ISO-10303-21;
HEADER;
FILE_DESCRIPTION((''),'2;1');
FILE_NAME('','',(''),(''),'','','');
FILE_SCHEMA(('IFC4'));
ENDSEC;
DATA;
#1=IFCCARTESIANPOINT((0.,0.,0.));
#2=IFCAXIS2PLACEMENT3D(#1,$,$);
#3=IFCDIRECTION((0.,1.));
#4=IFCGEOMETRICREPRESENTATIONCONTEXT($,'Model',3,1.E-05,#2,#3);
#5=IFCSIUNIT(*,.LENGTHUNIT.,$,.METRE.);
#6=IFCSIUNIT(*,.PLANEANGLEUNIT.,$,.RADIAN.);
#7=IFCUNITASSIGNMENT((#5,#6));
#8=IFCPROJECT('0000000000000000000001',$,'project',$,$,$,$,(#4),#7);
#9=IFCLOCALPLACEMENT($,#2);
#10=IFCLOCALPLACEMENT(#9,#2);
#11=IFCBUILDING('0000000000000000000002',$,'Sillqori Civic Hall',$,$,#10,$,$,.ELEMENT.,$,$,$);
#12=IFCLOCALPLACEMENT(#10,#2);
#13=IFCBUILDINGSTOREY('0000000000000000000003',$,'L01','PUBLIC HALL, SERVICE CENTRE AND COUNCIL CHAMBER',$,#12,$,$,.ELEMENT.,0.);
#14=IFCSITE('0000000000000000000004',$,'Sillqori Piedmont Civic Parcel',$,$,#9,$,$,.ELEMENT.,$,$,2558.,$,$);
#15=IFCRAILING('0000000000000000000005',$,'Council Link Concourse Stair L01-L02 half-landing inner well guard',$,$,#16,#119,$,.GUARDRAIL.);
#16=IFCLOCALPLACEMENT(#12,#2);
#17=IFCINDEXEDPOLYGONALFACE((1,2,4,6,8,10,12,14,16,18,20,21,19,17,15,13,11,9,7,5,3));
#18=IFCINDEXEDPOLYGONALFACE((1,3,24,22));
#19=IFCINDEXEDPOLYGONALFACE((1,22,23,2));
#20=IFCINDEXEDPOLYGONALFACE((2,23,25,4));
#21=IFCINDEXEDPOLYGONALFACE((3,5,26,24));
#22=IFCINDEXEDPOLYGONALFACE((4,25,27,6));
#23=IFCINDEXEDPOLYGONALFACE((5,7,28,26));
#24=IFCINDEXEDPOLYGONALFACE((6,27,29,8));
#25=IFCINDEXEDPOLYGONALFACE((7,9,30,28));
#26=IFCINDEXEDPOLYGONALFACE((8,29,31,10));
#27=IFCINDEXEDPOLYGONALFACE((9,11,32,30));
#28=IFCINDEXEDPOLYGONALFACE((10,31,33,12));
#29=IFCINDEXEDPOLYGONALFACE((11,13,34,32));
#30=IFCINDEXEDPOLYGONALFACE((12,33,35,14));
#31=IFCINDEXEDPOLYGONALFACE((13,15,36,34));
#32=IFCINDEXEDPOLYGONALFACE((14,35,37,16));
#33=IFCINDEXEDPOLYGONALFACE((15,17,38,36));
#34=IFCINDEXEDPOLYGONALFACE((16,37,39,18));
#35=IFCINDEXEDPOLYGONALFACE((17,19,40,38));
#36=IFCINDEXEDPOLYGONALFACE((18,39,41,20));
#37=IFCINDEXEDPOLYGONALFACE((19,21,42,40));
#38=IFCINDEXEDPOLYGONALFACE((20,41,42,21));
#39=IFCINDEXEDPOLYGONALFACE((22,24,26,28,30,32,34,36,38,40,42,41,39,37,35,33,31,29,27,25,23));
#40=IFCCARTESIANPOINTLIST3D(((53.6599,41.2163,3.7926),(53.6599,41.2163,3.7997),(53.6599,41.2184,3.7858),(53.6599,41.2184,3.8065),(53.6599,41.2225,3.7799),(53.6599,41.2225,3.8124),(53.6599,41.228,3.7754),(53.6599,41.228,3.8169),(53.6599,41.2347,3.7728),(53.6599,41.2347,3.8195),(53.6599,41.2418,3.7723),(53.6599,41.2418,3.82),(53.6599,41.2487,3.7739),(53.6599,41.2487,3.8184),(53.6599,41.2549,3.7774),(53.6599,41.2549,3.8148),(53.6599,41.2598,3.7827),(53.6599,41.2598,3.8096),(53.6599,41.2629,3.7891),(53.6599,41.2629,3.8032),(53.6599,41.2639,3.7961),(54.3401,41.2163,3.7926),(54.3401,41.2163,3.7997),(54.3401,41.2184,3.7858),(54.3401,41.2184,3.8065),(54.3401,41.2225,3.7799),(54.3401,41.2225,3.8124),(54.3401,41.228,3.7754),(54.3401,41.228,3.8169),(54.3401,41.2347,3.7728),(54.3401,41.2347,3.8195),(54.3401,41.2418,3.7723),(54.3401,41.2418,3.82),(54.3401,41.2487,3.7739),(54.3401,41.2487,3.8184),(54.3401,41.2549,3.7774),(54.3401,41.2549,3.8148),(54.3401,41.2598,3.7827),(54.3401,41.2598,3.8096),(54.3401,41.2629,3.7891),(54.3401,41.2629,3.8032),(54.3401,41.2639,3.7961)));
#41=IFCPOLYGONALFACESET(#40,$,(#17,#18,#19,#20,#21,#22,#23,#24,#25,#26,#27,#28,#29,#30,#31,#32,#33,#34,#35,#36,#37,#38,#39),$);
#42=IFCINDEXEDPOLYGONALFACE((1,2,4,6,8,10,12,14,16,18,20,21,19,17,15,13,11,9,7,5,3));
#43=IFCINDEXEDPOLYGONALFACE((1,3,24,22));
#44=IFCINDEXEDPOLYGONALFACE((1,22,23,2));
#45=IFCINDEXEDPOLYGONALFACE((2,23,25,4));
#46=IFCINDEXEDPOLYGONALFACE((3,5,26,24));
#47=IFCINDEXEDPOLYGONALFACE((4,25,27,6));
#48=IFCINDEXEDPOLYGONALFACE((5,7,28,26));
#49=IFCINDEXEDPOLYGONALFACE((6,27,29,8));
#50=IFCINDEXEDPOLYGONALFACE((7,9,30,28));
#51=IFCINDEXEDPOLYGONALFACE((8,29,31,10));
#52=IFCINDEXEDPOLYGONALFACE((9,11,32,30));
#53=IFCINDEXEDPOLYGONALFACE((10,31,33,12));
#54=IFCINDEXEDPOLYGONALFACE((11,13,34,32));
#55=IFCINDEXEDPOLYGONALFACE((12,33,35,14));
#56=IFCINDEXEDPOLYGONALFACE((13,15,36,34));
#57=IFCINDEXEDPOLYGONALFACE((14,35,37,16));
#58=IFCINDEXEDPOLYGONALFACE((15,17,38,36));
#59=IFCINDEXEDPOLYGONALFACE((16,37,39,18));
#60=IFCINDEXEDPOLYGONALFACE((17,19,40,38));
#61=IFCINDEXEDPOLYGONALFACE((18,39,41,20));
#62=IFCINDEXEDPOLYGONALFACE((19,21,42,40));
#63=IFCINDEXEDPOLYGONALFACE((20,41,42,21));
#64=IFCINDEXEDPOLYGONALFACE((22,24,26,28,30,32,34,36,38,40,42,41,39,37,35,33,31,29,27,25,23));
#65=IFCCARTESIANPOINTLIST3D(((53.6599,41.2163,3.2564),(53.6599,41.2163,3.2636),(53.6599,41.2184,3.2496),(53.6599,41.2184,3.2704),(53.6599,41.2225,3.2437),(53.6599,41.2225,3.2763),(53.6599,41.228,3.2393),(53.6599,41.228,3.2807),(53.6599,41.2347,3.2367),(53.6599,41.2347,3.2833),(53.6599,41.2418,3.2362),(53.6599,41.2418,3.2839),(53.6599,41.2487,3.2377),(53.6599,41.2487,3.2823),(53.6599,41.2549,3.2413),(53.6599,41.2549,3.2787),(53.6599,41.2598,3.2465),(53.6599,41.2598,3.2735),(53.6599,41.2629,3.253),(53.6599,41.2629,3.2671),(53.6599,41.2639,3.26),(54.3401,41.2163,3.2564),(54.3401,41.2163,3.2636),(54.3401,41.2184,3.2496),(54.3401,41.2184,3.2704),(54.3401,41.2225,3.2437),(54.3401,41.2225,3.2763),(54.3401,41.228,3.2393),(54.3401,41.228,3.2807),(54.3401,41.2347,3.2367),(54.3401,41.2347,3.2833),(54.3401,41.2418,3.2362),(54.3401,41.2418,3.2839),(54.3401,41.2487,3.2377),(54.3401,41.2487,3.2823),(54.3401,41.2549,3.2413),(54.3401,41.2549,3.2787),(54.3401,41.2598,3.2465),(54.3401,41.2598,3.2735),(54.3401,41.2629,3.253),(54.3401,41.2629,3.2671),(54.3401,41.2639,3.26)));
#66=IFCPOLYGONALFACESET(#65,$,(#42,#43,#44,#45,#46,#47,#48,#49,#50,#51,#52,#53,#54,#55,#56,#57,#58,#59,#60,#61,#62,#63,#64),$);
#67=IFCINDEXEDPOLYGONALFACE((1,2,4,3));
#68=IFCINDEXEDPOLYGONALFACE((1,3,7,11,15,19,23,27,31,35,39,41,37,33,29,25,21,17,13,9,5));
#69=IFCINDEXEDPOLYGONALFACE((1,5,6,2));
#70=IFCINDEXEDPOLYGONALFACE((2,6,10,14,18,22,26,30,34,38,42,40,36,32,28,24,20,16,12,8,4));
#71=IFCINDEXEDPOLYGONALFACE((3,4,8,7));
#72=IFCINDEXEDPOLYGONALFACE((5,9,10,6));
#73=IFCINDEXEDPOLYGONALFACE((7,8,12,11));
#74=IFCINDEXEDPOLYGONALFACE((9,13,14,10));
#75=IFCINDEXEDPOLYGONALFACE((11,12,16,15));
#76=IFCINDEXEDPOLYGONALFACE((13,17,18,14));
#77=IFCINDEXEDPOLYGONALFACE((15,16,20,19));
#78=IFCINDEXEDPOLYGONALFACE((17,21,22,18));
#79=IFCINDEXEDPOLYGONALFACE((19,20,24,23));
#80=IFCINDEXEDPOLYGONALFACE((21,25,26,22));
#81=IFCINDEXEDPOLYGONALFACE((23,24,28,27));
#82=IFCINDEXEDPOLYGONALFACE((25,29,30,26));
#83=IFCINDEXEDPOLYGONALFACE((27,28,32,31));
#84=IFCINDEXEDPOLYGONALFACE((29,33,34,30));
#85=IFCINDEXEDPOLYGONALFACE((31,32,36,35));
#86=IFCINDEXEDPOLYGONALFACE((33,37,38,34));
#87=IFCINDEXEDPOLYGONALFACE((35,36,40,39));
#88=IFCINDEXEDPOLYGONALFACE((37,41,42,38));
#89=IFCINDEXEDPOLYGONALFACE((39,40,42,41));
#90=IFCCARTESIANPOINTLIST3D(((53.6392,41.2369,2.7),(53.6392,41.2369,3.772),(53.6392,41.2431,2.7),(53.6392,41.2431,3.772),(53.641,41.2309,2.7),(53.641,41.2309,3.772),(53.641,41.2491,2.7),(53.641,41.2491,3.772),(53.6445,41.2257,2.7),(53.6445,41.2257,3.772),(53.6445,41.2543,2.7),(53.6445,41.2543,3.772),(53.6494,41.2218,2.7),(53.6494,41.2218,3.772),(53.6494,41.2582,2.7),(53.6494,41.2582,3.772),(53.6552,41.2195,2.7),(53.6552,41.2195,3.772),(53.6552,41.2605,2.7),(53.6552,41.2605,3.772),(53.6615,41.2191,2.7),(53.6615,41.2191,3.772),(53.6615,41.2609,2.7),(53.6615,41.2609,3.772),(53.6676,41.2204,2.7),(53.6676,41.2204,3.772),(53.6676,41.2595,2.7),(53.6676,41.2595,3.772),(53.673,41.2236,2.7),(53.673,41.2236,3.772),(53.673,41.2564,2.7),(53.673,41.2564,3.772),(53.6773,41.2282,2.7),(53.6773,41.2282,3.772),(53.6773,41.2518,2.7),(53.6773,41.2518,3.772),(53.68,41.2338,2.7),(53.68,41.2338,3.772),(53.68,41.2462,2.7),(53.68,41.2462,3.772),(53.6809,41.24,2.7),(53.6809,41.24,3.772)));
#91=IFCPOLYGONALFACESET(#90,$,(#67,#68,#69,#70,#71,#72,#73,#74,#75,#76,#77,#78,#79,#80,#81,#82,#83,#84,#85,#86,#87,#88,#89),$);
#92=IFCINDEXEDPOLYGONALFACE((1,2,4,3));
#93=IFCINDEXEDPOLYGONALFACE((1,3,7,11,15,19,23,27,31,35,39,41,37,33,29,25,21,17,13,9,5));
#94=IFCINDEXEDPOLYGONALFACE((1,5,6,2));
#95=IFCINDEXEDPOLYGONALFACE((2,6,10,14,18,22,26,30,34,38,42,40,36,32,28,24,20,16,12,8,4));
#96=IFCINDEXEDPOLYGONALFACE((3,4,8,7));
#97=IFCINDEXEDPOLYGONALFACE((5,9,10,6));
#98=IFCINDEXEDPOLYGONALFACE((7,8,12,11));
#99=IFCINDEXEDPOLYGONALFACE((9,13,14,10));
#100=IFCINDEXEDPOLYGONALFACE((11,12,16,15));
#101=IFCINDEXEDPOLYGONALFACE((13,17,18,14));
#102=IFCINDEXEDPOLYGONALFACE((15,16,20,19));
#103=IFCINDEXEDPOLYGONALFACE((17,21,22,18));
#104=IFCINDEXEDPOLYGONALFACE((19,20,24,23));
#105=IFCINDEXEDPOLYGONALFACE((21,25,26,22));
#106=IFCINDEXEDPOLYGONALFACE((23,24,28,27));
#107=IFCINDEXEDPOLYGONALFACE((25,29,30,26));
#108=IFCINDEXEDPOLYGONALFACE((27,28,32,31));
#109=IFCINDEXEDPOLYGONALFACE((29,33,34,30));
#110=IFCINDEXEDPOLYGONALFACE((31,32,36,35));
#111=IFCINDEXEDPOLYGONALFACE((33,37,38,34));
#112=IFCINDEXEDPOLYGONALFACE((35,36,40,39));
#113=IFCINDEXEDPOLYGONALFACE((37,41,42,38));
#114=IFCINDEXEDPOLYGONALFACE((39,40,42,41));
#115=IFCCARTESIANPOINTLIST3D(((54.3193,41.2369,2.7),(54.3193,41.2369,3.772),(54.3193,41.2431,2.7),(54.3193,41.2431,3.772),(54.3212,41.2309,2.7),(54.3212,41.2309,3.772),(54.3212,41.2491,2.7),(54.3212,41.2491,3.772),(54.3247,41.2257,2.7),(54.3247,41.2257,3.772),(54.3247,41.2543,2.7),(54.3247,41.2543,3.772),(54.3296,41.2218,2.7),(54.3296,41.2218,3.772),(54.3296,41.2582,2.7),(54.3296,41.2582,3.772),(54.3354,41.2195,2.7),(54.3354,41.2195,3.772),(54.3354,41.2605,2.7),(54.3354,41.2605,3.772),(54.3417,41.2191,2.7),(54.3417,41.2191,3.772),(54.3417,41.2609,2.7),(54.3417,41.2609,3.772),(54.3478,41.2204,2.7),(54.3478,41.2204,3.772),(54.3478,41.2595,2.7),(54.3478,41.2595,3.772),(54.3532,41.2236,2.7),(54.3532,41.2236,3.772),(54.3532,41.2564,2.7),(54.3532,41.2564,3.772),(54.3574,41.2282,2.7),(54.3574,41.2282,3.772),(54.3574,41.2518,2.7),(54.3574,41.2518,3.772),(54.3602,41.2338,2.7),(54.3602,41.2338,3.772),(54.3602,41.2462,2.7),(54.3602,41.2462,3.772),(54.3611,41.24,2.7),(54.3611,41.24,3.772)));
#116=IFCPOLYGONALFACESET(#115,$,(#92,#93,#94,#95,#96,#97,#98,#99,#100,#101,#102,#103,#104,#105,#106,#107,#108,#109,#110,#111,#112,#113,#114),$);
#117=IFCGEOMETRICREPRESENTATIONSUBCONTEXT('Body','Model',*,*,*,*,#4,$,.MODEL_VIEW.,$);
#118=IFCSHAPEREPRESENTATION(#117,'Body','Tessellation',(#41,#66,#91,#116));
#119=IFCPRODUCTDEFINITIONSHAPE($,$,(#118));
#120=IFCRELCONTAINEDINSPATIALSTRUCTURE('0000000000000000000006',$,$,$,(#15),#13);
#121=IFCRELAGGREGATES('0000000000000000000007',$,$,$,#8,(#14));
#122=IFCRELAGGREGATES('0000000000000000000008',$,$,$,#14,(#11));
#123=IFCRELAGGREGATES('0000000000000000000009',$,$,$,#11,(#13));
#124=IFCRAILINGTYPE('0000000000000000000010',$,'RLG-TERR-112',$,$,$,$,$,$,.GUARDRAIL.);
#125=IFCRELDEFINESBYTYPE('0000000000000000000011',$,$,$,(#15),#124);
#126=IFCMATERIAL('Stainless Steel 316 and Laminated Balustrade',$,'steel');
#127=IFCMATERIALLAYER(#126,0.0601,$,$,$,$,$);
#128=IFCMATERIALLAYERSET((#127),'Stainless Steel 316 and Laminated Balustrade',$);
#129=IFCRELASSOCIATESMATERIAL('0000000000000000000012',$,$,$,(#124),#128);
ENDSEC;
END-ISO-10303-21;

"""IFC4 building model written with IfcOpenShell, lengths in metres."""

from ifc_helpers import new_model, si_unit, direction, frame, origin, origin_2d, place, context, subcontext, project, spatial, circle, extrude, material, layer, layer_set, type_object, element, save


model = new_model("IFC4")

# Units and contexts
model_context = context("Model", 3, precision=1e-05, world=origin(), true_north=direction((0.0, 1.0)))
body_context = subcontext(model_context, "Body", "Model", "MODEL_VIEW")
ifc_project = project(units=[si_unit("LENGTHUNIT", "METRE"), si_unit("PLANEANGLEUNIT", "RADIAN")], contexts=[model_context])

# Site, building, storey
site_placement = place(None, origin())
site = spatial("IfcSite", under=ifc_project, at=site_placement, Name="Sillqori Piedmont Civic Parcel", CompositionType="ELEMENT", RefElevation=2558.0)
building_placement = place(site_placement, origin())
building = spatial("IfcBuilding", under=site, at=building_placement, Name="Sillqori Civic Hall", CompositionType="ELEMENT")
storey_placement = place(building_placement, origin())
storey = spatial("IfcBuildingStorey", under=building, at=storey_placement, Name="L01", Description="PUBLIC HALL, SERVICE CENTRE AND COUNCIL CHAMBER", CompositionType="ELEMENT", Elevation=0.0)

# Railing
ifc_material_1 = material(Name="Stainless Steel 316 and Laminated Balustrade", Category="steel")
ifc_layer_1 = layer(ifc_material_1, 0.0601)
ifc_layer_set_1 = layer_set([ifc_layer_1], Name="Stainless Steel 316 and Laminated Balustrade")
railing_type_1 = type_object("IfcRailingType", Name="RLG-TERR-112", PredefinedType="GUARDRAIL", material=ifc_layer_set_1)
railing_1_placement = place(storey_placement, frame((53.6599, 41.24, 2.7)))
element("IfcRailing", 1, at=railing_1_placement, inside=storey, type_object=railing_type_1, Name="Council Link Concourse Stair L01-L02 half-landing inner well guard", PredefinedType="GUARDRAIL", context=body_context, shape_type="SweptSolid", body=[
    extrude(circle(Radius=0.0239, at=origin_2d()), frame((0.0, 0.0, 1.0962), z_axis=(1.0, 0.0, 0.0), x_axis=(0.0, 1.0, 0.0)), (0.0, 0.0, 1.0), 0.6802),
    extrude(circle(Radius=0.0239, at=origin_2d()), frame((0.0, 0.0, 0.5601), z_axis=(1.0, 0.0, 0.0), x_axis=(0.0, 1.0, 0.0)), (0.0, 0.0, 1.0), 0.6802),
    extrude(circle(Radius=0.021, at=origin_2d()), origin(), (0.0, 0.0, 1.0), 1.072),
    extrude(circle(Radius=0.021, at=origin_2d()), frame((0.6802, 0.0, 0.0)), (0.0, 0.0, 1.0), 1.072),
])

save(model, "model.ifc")
